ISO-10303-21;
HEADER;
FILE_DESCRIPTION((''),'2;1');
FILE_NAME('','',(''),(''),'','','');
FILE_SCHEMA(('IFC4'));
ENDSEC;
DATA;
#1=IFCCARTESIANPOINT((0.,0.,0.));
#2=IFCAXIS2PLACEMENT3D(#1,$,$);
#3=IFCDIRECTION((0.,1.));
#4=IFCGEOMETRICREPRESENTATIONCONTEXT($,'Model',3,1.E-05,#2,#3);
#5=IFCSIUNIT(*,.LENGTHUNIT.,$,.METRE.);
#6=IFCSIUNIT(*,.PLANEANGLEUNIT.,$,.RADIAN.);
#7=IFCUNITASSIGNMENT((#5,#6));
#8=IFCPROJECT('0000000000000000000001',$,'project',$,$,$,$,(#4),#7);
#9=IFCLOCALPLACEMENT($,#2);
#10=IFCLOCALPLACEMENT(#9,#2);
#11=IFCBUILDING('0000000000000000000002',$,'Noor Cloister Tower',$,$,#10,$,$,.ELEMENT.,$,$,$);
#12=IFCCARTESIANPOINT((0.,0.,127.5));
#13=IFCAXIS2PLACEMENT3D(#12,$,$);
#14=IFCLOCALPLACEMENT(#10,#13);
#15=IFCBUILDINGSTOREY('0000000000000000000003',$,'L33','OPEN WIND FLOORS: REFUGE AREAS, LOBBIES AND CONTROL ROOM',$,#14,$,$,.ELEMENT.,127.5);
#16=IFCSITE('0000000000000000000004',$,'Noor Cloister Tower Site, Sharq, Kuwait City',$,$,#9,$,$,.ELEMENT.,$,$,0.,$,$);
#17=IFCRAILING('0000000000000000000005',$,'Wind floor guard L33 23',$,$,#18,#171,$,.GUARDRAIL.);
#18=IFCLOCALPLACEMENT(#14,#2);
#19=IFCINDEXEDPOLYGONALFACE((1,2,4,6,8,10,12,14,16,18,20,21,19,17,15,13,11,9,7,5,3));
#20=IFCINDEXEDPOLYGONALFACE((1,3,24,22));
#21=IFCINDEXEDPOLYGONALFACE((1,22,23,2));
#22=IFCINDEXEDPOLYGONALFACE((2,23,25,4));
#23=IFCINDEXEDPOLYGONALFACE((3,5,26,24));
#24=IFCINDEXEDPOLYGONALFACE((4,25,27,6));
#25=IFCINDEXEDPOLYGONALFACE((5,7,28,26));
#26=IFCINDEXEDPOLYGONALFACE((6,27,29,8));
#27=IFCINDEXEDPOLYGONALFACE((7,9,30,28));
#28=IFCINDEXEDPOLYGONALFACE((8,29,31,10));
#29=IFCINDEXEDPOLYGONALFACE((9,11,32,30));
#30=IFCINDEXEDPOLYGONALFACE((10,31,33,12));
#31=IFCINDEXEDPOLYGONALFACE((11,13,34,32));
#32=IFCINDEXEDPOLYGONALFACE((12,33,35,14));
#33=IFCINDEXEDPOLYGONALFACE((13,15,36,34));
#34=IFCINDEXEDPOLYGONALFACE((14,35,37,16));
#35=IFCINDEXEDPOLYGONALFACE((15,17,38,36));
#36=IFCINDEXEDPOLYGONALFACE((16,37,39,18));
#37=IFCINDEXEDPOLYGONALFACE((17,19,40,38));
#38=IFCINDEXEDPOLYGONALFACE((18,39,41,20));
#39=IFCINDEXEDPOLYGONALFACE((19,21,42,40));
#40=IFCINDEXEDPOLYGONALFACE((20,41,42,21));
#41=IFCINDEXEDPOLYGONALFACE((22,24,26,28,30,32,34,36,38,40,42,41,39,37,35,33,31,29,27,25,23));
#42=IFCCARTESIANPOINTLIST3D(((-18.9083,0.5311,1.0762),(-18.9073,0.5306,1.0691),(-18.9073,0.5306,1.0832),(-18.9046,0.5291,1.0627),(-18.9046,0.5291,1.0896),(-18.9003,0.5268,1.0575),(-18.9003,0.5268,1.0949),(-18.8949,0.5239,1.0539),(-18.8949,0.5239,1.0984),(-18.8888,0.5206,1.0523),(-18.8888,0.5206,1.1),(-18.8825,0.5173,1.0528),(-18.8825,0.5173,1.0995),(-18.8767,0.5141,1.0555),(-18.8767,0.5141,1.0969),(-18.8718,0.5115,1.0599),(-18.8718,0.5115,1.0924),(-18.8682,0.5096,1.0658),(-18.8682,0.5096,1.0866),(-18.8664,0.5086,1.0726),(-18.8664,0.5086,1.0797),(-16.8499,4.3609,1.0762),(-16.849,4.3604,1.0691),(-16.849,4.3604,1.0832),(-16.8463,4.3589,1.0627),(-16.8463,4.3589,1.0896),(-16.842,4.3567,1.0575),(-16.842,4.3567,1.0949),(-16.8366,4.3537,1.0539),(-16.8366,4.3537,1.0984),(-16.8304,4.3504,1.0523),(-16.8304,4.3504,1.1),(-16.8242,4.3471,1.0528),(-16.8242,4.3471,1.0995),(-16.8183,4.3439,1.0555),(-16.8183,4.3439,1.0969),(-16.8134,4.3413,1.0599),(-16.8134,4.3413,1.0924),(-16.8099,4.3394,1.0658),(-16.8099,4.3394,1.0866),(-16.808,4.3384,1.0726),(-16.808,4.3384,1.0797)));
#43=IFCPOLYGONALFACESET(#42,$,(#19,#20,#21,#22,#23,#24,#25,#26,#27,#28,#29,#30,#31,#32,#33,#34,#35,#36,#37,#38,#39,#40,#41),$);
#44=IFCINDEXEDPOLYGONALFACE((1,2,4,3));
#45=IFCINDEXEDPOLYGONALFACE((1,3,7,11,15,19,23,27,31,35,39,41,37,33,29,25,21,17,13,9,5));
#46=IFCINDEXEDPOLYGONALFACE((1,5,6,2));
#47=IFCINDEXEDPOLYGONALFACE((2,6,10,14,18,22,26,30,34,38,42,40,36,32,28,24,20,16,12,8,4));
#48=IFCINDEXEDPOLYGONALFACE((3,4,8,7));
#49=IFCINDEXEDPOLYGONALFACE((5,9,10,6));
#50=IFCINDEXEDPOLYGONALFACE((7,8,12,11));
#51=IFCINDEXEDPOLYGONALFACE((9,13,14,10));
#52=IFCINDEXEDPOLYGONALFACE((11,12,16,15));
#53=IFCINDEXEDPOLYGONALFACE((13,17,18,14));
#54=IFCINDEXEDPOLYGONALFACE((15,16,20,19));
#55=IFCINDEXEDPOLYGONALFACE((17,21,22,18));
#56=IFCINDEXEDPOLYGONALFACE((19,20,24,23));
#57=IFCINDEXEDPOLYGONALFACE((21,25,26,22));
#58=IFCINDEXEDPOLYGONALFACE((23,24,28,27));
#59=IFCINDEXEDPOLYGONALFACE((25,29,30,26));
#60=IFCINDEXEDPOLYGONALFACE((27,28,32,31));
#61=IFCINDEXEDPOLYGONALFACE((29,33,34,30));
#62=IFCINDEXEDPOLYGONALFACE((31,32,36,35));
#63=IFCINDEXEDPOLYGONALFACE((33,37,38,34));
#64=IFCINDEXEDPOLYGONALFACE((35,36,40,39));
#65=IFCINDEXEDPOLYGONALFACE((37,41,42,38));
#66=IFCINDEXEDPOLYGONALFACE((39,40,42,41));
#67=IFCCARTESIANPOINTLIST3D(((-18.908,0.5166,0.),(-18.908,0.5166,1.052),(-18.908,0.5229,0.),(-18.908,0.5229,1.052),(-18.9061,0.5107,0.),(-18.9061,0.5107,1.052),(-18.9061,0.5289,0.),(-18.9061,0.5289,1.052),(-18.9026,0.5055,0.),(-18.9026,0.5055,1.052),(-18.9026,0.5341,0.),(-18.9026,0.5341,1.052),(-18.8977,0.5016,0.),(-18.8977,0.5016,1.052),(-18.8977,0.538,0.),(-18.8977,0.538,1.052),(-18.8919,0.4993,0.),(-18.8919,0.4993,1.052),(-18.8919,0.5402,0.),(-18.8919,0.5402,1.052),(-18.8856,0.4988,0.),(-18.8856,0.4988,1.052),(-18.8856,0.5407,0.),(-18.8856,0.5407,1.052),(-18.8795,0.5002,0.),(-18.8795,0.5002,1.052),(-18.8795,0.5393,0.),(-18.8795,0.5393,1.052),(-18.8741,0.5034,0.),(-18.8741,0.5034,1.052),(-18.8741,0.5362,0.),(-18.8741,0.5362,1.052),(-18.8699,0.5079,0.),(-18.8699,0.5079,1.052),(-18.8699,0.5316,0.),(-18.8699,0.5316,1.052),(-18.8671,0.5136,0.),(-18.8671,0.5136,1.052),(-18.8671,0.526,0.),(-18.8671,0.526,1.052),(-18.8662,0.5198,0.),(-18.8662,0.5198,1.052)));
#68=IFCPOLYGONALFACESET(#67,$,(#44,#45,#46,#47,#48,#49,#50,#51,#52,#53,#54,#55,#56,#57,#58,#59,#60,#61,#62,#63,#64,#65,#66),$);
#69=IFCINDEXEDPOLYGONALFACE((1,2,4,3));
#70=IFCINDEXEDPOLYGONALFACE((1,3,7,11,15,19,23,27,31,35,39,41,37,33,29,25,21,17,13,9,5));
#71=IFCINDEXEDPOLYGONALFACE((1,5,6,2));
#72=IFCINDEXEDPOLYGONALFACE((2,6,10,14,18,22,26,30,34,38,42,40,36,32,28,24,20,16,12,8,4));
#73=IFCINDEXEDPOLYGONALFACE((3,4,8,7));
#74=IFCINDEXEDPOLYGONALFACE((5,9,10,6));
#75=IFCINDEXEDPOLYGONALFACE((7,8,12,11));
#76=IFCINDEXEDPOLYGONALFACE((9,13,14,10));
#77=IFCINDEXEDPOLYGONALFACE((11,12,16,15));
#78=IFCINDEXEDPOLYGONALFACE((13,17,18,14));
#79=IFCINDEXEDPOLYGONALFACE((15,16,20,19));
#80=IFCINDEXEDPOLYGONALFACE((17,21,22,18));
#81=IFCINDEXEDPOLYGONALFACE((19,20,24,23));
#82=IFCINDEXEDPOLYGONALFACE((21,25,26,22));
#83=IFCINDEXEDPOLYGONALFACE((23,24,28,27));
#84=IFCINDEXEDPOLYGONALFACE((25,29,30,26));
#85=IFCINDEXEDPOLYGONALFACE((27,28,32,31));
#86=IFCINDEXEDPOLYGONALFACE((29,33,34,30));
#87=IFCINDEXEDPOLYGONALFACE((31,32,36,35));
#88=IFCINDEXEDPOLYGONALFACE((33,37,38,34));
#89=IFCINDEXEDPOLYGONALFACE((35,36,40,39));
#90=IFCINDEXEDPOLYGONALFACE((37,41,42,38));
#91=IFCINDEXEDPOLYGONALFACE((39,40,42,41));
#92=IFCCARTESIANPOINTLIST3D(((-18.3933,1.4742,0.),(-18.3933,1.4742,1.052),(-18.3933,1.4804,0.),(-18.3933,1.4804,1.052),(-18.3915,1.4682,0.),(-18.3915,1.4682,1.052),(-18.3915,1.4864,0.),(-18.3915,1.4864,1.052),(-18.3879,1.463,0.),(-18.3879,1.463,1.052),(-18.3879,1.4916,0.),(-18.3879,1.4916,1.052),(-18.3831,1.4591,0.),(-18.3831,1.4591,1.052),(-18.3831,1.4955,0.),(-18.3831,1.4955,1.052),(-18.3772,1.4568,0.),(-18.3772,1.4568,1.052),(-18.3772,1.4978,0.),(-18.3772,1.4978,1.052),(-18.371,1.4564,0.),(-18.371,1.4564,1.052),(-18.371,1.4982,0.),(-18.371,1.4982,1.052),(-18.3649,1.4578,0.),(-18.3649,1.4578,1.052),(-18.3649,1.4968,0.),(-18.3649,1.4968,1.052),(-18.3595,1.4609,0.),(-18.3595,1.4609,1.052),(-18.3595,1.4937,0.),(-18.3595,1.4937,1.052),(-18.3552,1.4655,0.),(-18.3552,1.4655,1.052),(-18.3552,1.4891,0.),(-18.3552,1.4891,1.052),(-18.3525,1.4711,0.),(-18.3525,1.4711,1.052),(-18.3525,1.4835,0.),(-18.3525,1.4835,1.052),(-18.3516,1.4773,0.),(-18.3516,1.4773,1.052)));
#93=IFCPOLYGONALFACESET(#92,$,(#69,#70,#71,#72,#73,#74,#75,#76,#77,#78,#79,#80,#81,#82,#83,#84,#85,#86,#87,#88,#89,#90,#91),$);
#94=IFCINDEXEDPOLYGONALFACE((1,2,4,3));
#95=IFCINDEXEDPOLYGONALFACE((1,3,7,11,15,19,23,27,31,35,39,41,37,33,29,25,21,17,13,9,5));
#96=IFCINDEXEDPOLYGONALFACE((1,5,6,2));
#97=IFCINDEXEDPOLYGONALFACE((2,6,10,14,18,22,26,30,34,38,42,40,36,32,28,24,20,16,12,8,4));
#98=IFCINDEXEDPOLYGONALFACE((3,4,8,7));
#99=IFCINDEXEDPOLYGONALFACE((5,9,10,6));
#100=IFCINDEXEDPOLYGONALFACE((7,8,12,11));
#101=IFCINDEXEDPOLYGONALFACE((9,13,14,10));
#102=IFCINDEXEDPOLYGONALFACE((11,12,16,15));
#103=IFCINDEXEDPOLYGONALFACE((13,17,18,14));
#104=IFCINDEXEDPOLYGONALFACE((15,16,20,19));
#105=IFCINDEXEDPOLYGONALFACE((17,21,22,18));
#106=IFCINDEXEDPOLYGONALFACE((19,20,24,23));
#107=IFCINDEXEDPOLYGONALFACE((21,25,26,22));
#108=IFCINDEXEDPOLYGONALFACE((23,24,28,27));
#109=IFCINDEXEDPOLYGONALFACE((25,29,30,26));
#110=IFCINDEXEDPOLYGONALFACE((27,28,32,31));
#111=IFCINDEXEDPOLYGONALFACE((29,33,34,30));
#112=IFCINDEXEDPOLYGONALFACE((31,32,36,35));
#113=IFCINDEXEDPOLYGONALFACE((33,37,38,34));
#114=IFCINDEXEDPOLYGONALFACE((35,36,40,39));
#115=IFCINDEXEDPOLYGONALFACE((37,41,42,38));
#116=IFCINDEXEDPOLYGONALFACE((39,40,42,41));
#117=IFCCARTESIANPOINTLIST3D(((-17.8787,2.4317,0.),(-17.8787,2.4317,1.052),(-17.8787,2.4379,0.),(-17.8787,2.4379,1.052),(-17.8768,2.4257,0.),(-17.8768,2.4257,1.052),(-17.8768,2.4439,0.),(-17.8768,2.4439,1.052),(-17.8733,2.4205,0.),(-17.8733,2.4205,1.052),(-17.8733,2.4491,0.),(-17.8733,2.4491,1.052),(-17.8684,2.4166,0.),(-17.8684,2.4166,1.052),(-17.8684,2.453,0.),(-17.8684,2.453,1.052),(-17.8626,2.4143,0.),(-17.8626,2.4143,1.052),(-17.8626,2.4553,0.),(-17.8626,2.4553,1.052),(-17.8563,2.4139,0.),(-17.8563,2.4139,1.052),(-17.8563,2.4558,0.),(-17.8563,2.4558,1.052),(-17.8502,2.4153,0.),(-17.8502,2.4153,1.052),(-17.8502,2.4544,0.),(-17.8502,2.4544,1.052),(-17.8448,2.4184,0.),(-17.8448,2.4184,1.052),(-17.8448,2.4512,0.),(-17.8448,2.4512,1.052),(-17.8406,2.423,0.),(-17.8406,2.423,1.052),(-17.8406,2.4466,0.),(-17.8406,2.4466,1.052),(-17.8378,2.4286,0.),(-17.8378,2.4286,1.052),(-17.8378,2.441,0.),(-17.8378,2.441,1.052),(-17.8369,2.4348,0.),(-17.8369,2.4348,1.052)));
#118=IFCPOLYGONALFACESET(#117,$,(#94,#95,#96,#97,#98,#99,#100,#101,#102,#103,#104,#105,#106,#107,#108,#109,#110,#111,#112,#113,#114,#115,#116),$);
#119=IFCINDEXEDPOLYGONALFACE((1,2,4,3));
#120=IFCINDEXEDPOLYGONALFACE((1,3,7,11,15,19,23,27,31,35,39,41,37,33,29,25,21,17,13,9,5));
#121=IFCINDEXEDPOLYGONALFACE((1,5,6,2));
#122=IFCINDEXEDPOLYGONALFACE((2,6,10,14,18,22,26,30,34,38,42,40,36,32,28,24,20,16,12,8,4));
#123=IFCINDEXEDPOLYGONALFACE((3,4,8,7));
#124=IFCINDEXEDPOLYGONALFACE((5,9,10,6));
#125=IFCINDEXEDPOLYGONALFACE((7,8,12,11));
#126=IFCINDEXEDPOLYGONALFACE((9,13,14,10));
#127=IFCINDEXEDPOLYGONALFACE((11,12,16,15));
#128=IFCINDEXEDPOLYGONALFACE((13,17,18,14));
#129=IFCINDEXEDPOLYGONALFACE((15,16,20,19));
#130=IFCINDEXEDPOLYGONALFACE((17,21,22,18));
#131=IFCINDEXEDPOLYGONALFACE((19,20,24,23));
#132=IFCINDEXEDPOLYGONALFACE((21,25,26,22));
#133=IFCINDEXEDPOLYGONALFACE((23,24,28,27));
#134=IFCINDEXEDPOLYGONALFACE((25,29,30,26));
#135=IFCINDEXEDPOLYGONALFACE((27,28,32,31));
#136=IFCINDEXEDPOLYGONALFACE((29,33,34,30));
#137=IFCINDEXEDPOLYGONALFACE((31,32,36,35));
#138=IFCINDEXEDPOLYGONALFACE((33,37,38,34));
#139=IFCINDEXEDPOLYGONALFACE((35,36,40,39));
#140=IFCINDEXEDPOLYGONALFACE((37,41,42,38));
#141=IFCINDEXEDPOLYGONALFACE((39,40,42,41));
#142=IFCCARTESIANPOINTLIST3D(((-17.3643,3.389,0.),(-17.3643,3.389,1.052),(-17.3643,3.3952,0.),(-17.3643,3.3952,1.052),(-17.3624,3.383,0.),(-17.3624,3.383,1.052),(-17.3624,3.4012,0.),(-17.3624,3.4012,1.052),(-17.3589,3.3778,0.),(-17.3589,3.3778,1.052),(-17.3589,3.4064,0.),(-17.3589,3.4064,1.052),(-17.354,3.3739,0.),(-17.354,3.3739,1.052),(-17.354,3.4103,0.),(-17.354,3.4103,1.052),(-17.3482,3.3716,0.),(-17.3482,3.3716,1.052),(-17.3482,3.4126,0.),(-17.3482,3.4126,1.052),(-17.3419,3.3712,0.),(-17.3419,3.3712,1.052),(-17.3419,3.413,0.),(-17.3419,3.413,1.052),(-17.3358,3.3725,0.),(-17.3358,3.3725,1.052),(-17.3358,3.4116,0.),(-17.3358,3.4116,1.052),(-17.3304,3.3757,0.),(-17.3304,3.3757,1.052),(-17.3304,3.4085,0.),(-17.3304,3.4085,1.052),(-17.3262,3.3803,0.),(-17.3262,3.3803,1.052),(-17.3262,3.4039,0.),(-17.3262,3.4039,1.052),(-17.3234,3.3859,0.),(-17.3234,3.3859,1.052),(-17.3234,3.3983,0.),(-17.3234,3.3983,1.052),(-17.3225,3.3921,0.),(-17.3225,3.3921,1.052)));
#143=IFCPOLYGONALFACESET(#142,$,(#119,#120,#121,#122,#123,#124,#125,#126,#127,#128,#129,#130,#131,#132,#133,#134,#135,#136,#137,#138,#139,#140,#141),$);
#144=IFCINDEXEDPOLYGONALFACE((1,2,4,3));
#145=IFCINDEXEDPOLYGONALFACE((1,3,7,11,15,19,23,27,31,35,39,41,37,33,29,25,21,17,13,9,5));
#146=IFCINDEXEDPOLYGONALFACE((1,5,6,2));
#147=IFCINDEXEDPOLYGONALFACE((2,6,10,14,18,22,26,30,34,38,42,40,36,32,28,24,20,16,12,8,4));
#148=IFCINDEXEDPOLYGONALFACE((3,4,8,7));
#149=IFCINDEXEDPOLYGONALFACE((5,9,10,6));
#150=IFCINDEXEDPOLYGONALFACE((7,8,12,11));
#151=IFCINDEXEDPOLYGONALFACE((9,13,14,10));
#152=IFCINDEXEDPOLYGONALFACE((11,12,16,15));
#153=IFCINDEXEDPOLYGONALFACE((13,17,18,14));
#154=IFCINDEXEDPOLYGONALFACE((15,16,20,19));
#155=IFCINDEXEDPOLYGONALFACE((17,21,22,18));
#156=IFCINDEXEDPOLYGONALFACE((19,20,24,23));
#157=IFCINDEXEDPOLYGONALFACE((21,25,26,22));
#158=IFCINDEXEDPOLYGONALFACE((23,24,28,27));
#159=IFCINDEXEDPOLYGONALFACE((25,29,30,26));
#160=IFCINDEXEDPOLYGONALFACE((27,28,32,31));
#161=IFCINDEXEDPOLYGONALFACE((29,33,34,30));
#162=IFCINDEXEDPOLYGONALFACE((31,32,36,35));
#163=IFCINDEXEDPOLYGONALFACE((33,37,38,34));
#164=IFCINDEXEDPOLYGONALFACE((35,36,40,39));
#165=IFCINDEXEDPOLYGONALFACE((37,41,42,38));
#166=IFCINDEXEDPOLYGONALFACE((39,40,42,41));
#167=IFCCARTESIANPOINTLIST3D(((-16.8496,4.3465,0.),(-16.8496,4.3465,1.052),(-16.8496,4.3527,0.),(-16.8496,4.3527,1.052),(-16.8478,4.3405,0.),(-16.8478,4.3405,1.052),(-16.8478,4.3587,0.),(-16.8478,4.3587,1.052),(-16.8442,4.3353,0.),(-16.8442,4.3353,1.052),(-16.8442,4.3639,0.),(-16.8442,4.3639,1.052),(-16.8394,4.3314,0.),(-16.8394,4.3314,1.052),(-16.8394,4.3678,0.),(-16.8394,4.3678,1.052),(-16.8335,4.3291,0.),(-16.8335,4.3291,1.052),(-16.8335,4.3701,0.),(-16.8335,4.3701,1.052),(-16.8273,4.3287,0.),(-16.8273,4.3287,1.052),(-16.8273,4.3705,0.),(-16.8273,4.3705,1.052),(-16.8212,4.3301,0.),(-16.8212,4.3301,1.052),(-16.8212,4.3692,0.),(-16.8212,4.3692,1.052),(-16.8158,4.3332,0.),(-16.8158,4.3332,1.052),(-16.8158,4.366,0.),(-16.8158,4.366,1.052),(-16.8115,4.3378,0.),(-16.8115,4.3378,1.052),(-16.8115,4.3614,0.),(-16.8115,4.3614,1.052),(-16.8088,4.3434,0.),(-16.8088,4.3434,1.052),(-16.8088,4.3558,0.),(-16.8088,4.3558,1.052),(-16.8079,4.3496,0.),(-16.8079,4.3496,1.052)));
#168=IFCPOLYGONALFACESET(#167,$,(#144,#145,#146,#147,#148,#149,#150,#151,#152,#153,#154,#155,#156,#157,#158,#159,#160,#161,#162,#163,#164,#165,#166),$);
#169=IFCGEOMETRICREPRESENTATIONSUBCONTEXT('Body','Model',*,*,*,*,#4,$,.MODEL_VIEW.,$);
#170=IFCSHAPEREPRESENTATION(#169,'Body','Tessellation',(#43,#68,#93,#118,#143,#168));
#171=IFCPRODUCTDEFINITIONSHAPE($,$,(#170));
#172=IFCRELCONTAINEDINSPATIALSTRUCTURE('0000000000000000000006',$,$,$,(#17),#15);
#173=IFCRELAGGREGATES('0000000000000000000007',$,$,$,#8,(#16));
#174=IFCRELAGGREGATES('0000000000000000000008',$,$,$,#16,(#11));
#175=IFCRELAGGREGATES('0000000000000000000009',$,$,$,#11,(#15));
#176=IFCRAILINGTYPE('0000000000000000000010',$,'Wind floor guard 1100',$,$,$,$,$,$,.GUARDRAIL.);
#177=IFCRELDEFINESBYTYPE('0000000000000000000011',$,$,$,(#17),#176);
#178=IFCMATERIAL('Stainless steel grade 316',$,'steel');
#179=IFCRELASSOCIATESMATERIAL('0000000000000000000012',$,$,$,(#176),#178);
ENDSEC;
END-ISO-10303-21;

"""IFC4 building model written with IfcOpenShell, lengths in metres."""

from ifc_helpers import new_model, si_unit, direction, frame, origin, origin_2d, place, context, subcontext, project, spatial, circle, extrude, material, type_object, element, save


model = new_model("IFC4")

# Units and contexts
model_context = context("Model", 3, precision=1e-05, world=origin(), true_north=direction((0.0, 1.0)))
body_context = subcontext(model_context, "Body", "Model", "MODEL_VIEW")
ifc_project = project(units=[si_unit("LENGTHUNIT", "METRE"), si_unit("PLANEANGLEUNIT", "RADIAN")], contexts=[model_context])

# Site, building, storey
site_placement = place(None, origin())
site = spatial("IfcSite", under=ifc_project, at=site_placement, Name="Noor Cloister Tower Site, Sharq, Kuwait City", CompositionType="ELEMENT", RefElevation=0.0)
building_placement = place(site_placement, origin())
building = spatial("IfcBuilding", under=site, at=building_placement, Name="Noor Cloister Tower", CompositionType="ELEMENT")
storey_placement = place(building_placement, frame((0.0, 0.0, 127.5)))
storey = spatial("IfcBuildingStorey", under=building, at=storey_placement, Name="L33", Description="OPEN WIND FLOORS: REFUGE AREAS, LOBBIES AND CONTROL ROOM", CompositionType="ELEMENT", Elevation=127.5)

# Railing
ifc_material_1 = material(Name="Stainless steel grade 316", Category="steel")
railing_type = type_object("IfcRailingType", Name="Wind floor guard 1100", PredefinedType="GUARDRAIL", material=ifc_material_1)
railing_1_placement = place(storey_placement, frame((-18.8872, 0.5198, 0.0)))
element("IfcRailing", 1, at=railing_1_placement, inside=storey, type_object=railing_type, Name="Wind floor guard L33 23", PredefinedType="GUARDRAIL", context=body_context, shape_type="SweptSolid", body=[
    extrude(circle(Radius=0.0239, at=origin_2d()), frame((0.0, 0.0, 1.0762), z_axis=(0.47341, 0.880842, 0.0), x_axis=(-0.880842, 0.47341, 0.0)), (0.0, 0.0, 1.0), 4.3479),
    extrude(circle(Radius=0.021, at=origin_2d()), origin(), (0.0, 0.0, 1.0), 1.052),
    extrude(circle(Radius=0.021, at=origin_2d()), frame((0.5146, 0.9575, 0.0)), (0.0, 0.0, 1.0), 1.052),
    extrude(circle(Radius=0.021, at=origin_2d()), frame((1.0293, 1.915, 0.0)), (0.0, 0.0, 1.0), 1.052),
    extrude(circle(Radius=0.021, at=origin_2d()), frame((1.5437, 2.8723, 0.0)), (0.0, 0.0, 1.0), 1.052),
    extrude(circle(Radius=0.021, at=origin_2d()), frame((2.0583, 3.8298, 0.0)), (0.0, 0.0, 1.0), 1.052),
])

save(model, "model.ifc")
